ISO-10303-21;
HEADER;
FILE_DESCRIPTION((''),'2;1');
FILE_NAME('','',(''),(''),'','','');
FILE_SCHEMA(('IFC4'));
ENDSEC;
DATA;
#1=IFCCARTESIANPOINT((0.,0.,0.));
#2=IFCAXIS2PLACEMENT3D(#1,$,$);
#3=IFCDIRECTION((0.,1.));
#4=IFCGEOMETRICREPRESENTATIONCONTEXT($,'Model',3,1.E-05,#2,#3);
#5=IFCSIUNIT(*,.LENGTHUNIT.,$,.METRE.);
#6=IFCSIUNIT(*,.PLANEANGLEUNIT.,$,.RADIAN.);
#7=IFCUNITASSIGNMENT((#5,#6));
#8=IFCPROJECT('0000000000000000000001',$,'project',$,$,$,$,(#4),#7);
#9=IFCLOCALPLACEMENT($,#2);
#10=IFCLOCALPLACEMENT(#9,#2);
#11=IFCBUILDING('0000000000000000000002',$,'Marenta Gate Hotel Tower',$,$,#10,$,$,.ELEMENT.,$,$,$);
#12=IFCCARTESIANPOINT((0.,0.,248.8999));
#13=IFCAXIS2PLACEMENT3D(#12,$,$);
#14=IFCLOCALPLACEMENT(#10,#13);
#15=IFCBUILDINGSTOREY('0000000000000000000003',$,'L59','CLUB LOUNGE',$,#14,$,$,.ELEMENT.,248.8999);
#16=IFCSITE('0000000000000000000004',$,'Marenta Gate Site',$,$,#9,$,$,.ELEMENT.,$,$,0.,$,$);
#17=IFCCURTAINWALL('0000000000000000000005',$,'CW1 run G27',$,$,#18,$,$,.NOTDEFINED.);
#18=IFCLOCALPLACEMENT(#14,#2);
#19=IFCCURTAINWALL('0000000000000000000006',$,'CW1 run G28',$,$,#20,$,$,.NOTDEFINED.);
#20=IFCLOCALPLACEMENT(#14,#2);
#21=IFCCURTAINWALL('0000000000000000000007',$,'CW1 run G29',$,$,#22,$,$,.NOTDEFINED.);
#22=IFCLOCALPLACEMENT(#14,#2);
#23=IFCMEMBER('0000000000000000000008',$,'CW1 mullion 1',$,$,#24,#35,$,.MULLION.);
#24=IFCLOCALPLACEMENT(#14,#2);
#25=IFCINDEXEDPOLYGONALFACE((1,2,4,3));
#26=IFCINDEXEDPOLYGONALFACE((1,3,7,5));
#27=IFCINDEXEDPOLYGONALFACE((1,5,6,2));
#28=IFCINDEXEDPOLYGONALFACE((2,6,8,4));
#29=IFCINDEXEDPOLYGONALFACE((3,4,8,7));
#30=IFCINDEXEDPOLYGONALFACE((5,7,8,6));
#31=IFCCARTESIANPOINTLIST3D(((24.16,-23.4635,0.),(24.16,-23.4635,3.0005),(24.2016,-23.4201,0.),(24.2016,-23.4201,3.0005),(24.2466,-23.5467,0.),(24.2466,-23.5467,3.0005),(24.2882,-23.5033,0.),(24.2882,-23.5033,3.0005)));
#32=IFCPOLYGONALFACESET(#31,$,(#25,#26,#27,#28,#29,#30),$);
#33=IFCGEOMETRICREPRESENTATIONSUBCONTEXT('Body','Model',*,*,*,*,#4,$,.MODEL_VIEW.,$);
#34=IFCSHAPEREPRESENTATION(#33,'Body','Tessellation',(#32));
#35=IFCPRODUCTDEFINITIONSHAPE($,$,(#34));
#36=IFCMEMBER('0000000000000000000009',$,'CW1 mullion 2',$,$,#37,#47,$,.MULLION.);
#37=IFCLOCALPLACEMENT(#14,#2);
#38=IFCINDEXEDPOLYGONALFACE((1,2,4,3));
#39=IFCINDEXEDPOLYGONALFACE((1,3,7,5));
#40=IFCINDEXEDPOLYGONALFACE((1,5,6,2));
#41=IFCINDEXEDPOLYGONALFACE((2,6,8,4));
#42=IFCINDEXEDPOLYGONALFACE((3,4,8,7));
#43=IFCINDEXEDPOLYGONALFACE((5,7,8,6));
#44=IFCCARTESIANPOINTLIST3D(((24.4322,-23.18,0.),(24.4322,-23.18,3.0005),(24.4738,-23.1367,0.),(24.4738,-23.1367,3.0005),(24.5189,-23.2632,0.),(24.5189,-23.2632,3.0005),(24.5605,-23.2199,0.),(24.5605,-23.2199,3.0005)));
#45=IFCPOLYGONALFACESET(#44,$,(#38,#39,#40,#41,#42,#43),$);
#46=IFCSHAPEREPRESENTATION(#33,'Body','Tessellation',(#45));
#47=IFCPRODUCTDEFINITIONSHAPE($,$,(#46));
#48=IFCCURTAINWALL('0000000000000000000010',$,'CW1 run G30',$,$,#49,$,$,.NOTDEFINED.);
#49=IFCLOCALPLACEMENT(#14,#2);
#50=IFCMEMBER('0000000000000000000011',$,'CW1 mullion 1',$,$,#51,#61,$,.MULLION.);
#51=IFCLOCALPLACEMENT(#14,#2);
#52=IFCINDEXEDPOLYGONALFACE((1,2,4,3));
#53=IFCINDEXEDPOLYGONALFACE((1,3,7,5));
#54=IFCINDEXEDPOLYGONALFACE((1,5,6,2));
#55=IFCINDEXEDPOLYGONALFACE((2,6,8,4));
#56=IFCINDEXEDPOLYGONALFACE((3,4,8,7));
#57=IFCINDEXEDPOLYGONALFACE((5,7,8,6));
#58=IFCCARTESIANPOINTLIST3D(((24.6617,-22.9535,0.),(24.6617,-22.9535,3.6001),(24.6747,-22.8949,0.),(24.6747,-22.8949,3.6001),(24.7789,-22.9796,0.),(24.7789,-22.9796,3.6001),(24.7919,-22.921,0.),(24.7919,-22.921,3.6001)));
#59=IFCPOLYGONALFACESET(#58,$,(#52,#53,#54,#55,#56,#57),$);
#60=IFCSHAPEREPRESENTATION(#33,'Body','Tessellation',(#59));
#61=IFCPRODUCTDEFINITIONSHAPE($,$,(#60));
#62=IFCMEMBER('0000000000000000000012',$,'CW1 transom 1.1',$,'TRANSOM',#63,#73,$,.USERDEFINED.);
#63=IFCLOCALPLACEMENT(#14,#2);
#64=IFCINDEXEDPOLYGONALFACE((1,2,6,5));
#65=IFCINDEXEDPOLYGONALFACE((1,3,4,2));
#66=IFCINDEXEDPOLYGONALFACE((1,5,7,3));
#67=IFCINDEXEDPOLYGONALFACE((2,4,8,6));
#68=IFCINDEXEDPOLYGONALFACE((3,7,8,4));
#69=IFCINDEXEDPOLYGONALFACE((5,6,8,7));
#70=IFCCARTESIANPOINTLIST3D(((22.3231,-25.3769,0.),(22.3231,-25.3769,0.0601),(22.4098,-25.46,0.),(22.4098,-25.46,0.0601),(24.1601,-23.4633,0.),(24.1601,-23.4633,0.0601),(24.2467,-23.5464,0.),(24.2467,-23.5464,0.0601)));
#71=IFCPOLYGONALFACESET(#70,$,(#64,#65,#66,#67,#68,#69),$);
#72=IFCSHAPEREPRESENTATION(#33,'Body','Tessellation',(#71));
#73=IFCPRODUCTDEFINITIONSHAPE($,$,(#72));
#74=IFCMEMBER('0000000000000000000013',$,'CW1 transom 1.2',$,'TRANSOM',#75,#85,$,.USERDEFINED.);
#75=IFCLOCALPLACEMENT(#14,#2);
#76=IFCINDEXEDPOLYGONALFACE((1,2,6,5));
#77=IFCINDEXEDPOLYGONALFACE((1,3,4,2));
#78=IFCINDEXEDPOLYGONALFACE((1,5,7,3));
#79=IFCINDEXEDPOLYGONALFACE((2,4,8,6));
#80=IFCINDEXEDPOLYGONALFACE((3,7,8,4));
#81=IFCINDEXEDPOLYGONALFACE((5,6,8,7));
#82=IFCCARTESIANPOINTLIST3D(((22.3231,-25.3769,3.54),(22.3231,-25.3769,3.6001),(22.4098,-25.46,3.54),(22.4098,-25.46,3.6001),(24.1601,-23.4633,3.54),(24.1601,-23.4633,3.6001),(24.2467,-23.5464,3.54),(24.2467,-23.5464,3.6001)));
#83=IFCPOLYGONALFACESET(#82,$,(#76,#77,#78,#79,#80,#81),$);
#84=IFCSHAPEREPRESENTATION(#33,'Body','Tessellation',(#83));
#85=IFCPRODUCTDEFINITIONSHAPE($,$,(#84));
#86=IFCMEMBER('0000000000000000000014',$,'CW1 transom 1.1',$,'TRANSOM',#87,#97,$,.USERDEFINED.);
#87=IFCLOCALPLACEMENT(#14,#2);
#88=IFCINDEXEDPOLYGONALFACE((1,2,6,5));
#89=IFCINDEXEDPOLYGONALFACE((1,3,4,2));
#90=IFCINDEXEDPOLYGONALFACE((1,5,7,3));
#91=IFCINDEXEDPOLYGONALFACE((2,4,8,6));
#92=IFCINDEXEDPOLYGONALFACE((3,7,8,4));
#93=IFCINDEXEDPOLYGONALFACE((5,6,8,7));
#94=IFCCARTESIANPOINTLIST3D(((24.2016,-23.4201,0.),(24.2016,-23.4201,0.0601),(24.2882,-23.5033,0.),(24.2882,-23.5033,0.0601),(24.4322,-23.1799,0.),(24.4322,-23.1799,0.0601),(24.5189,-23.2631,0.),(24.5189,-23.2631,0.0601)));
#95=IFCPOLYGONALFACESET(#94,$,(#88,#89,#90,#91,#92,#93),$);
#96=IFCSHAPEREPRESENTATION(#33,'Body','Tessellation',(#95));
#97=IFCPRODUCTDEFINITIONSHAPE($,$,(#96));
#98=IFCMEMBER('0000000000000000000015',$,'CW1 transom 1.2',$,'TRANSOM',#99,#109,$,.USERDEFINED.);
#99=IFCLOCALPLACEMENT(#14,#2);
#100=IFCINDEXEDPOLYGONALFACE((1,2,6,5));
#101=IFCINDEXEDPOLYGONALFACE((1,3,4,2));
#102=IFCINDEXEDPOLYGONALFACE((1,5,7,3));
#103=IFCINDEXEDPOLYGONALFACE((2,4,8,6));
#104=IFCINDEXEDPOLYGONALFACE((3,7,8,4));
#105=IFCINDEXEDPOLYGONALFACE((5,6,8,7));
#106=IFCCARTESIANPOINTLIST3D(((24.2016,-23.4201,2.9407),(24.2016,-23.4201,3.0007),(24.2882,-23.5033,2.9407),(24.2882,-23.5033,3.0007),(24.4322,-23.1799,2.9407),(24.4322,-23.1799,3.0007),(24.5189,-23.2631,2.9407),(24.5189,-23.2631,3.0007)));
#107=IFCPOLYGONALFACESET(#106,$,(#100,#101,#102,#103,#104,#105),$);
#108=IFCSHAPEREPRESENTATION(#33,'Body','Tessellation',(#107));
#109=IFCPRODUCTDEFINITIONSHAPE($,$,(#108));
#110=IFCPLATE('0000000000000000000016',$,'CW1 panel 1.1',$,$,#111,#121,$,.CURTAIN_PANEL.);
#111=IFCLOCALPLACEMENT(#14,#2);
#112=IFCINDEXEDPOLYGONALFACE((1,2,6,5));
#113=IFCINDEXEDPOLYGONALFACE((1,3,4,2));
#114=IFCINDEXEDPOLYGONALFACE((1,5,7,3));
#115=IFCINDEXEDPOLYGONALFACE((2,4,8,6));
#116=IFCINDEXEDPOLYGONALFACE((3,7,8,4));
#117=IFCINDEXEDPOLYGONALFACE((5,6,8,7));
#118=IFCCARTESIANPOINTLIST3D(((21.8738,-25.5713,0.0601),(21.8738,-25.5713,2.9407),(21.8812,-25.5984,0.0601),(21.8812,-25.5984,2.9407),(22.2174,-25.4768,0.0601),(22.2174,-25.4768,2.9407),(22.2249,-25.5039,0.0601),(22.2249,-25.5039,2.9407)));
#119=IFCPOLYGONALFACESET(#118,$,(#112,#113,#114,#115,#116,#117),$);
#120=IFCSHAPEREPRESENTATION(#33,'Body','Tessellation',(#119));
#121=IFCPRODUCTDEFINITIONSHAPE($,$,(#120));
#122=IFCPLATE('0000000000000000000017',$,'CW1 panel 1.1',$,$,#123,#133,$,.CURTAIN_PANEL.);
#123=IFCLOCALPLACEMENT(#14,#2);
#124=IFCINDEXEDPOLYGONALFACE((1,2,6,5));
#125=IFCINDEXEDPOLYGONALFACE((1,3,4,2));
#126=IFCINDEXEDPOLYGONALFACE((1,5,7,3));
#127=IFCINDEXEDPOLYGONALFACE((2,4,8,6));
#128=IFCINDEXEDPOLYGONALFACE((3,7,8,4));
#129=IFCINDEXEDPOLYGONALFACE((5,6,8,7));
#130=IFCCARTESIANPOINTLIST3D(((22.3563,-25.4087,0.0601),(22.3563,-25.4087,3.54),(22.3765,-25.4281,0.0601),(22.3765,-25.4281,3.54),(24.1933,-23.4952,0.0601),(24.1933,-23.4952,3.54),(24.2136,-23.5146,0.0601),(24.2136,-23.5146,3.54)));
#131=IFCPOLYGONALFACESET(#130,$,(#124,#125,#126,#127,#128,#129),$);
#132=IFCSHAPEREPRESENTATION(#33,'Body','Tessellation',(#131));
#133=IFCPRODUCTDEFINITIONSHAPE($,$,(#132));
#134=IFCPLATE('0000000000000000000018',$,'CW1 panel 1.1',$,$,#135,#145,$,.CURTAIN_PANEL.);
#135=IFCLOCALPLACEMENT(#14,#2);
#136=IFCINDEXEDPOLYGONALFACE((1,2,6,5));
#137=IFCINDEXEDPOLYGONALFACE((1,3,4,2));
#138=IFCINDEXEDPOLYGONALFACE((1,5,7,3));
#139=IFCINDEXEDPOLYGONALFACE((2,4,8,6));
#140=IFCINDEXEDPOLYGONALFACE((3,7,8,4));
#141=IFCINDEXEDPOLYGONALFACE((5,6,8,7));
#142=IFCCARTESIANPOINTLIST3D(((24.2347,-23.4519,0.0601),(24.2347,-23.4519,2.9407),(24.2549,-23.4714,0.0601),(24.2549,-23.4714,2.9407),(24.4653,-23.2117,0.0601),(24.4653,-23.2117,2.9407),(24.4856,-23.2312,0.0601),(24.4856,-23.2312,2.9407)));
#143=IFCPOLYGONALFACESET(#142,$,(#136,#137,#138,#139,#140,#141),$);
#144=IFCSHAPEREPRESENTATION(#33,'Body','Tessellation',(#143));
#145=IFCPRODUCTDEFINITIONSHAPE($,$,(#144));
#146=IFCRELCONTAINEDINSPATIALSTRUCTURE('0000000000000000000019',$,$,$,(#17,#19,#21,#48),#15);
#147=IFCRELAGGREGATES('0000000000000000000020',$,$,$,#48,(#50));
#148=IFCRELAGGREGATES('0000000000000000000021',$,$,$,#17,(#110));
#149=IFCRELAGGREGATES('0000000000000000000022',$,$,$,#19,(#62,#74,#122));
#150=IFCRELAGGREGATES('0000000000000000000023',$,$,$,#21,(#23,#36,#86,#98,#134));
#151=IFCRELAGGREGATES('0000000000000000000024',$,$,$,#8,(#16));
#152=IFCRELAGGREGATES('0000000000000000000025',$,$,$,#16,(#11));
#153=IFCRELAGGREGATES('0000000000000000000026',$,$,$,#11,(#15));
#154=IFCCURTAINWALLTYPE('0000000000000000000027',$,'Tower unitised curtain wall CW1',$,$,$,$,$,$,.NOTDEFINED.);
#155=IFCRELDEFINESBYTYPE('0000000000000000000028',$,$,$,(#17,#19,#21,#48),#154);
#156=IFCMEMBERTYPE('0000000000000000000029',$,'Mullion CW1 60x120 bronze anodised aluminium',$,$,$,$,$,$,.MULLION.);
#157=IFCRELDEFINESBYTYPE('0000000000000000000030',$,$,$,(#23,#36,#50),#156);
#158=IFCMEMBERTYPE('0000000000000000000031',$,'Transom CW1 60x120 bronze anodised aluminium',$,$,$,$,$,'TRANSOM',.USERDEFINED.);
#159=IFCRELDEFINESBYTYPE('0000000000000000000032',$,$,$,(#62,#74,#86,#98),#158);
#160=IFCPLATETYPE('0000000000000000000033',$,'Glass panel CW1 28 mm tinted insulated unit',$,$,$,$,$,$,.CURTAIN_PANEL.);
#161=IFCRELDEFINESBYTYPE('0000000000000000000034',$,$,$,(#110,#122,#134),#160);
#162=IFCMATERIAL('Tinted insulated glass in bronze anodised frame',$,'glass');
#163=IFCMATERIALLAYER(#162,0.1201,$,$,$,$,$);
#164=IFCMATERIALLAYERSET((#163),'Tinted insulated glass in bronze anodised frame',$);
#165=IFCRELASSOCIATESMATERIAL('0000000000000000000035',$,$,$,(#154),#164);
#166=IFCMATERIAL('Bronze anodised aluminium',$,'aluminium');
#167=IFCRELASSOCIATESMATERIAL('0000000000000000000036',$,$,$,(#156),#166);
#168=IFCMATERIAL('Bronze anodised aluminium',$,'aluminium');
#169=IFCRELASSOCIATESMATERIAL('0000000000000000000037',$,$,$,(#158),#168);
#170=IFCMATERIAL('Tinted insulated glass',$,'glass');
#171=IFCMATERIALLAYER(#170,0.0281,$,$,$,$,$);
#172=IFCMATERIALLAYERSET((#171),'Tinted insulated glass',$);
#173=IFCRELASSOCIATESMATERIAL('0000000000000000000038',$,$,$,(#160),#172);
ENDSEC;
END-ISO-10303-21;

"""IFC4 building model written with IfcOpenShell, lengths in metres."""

from ifc_helpers import new_model, si_unit, direction, frame, origin, origin_2d, place, context, subcontext, project, spatial, rectangle, extrude, material, layer, layer_set, material_profile, profile_set, type_object, element, aggregate, save


model = new_model("IFC4")

# Units and contexts
model_context = context("Model", 3, precision=1e-05, world=origin(), true_north=direction((0.0, 1.0)))
body_context = subcontext(model_context, "Body", "Model", "MODEL_VIEW")
ifc_project = project(units=[si_unit("LENGTHUNIT", "METRE"), si_unit("PLANEANGLEUNIT", "RADIAN")], contexts=[model_context])

# Site, building, storey
site_placement = place(None, origin())
site = spatial("IfcSite", under=ifc_project, at=site_placement, Name="Marenta Gate Site", CompositionType="ELEMENT", RefElevation=0.0)
building_placement = place(site_placement, origin())
building = spatial("IfcBuilding", under=site, at=building_placement, Name="Marenta Gate Hotel Tower", CompositionType="ELEMENT")
storey_placement = place(building_placement, frame((0.0, 0.0, 248.8999)))
storey = spatial("IfcBuildingStorey", under=building, at=storey_placement, Name="L59", Description="CLUB LOUNGE", CompositionType="ELEMENT", Elevation=248.8999)

# Curtain walls
ifc_material_1 = material(Name="Tinted insulated glass in bronze anodised frame", Category="glass")
ifc_layer_1 = layer(ifc_material_1, 0.1201)
ifc_layer_set_1 = layer_set([ifc_layer_1], Name="Tinted insulated glass in bronze anodised frame")
curtain_wall_type = type_object("IfcCurtainWallType", Name="Tower unitised curtain wall CW1", PredefinedType="NOTDEFINED", material=ifc_layer_set_1)
curtain_wall_1_placement = place(storey_placement, origin())
curtain_wall_1 = element("IfcCurtainWall", 1, at=curtain_wall_1_placement, inside=storey, type_object=curtain_wall_type, Name="CW1 run G27", PredefinedType="NOTDEFINED")
ifc_material_2 = material(Name="Bronze anodised aluminium", Category="aluminium")
ifc_material_profile_1 = material_profile(ifc_material_2, rectangle(XDim=0.1201, YDim=0.0601, at=origin_2d()), Name="Mullion CW1 60x120 bronze anodised aluminium")
ifc_profile_set_1 = profile_set([ifc_material_profile_1], Name="Bronze anodised aluminium")
member_type_1 = type_object("IfcMemberType", Name="Mullion CW1 60x120 bronze anodised aluminium", PredefinedType="MULLION", material=ifc_profile_set_1)
curtain_wall_2_placement = place(storey_placement, origin())
curtain_wall_2 = element("IfcCurtainWall", 2, at=curtain_wall_2_placement, inside=storey, type_object=curtain_wall_type, Name="CW1 run G28", PredefinedType="NOTDEFINED")

# Curtain wall, members
curtain_wall_3_placement = place(storey_placement, origin())
curtain_wall_3 = element("IfcCurtainWall", 3, at=curtain_wall_3_placement, inside=storey, type_object=curtain_wall_type, Name="CW1 run G29", PredefinedType="NOTDEFINED")
member_1_placement = place(storey_placement, frame((24.2241, -23.4834, 0.0), z_axis=(0.0, 0.0, 1.0), x_axis=(-0.721308, 0.692615, 0.0)))
member_1 = element("IfcMember", 4, at=member_1_placement, type_object=member_type_1, Name="CW1 mullion 1", PredefinedType="MULLION", context=body_context, shape_type="SweptSolid", body=[
    extrude(rectangle(XDim=0.1201, YDim=0.0601, at=origin_2d()), origin(), (0.0, 0.0, 1.0), 3.0005),
])
member_2_placement = place(storey_placement, frame((24.4963, -23.2, 0.0), z_axis=(0.0, 0.0, 1.0), x_axis=(-0.721308, 0.692615, 0.0)))
member_2 = element("IfcMember", 5, at=member_2_placement, type_object=member_type_1, Name="CW1 mullion 2", PredefinedType="MULLION", context=body_context, shape_type="SweptSolid", body=[
    extrude(rectangle(XDim=0.1201, YDim=0.0601, at=origin_2d()), origin(), (0.0, 0.0, 1.0), 3.0005),
])

# Curtain wall, member
curtain_wall_4_placement = place(storey_placement, origin())
curtain_wall_4 = element("IfcCurtainWall", 6, at=curtain_wall_4_placement, inside=storey, type_object=curtain_wall_type, Name="CW1 run G30", PredefinedType="NOTDEFINED")
member_3_placement = place(storey_placement, frame((24.7268, -22.9373, 0.0), z_axis=(0.0, 0.0, 1.0), x_axis=(-0.9762, 0.216874, 0.0)))
member_3 = element("IfcMember", 7, at=member_3_placement, type_object=member_type_1, Name="CW1 mullion 1", PredefinedType="MULLION", context=body_context, shape_type="SweptSolid", body=[
    extrude(rectangle(XDim=0.1201, YDim=0.0601, at=origin_2d()), origin(), (0.0, 0.0, 1.0), 3.6001),
])
aggregate(curtain_wall_4, [member_3])

# Members
ifc_material_3 = material(Name="Bronze anodised aluminium", Category="aluminium")
ifc_material_profile_2 = material_profile(ifc_material_3, rectangle(XDim=0.1201, YDim=0.0601, at=origin_2d()), Name="Transom CW1 60x120 bronze anodised aluminium")
ifc_profile_set_2 = profile_set([ifc_material_profile_2], Name="Bronze anodised aluminium")
member_type_2 = type_object("IfcMemberType", Name="Transom CW1 60x120 bronze anodised aluminium", ElementType="TRANSOM", PredefinedType="USERDEFINED", material=ifc_profile_set_2)
member_4_placement = place(storey_placement, frame((22.3665, -25.4185, 0.03), z_axis=(0.692509, 0.721409, 0.0), x_axis=(-0.721409, 0.692509, 0.0)))
member_4 = element("IfcMember", 8, at=member_4_placement, type_object=member_type_2, Name="CW1 transom 1.1", ObjectType="TRANSOM", PredefinedType="USERDEFINED", context=body_context, shape_type="SweptSolid", body=[
    extrude(rectangle(XDim=0.1201, YDim=0.0601, at=origin_2d()), origin(), (0.0, 0.0, 1.0), 2.6526),
])
member_5_placement = place(storey_placement, frame((22.3665, -25.4185, 3.5701), z_axis=(0.692509, 0.721409, 0.0), x_axis=(-0.721409, 0.692509, 0.0)))
member_5 = element("IfcMember", 9, at=member_5_placement, type_object=member_type_2, Name="CW1 transom 1.2", ObjectType="TRANSOM", PredefinedType="USERDEFINED", context=body_context, shape_type="SweptSolid", body=[
    extrude(rectangle(XDim=0.1201, YDim=0.0601, at=origin_2d()), origin(), (0.0, 0.0, 1.0), 2.6526),
])
member_6_placement = place(storey_placement, frame((24.2449, -23.4617, 0.03), z_axis=(0.692669, 0.721255, 0.0), x_axis=(-0.721255, 0.692669, 0.0)))
member_6 = element("IfcMember", 10, at=member_6_placement, type_object=member_type_2, Name="CW1 transom 1.1", ObjectType="TRANSOM", PredefinedType="USERDEFINED", context=body_context, shape_type="SweptSolid", body=[
    extrude(rectangle(XDim=0.1201, YDim=0.0601, at=origin_2d()), origin(), (0.0, 0.0, 1.0), 0.333),
])
member_7_placement = place(storey_placement, frame((24.2449, -23.4617, 2.9707), z_axis=(0.692669, 0.721255, 0.0), x_axis=(-0.721255, 0.692669, 0.0)))
member_7 = element("IfcMember", 11, at=member_7_placement, type_object=member_type_2, Name="CW1 transom 1.2", ObjectType="TRANSOM", PredefinedType="USERDEFINED", context=body_context, shape_type="SweptSolid", body=[
    extrude(rectangle(XDim=0.1201, YDim=0.0601, at=origin_2d()), origin(), (0.0, 0.0, 1.0), 0.333),
])

# Plates
ifc_material_4 = material(Name="Tinted insulated glass", Category="glass")
ifc_layer_2 = layer(ifc_material_4, 0.0281)
ifc_layer_set_2 = layer_set([ifc_layer_2], Name="Tinted insulated glass")
plate_type = type_object("IfcPlateType", Name="Glass panel CW1 28 mm tinted insulated unit", PredefinedType="CURTAIN_PANEL", material=ifc_layer_set_2)
plate_1_placement = place(storey_placement, frame((22.0493, -25.5376, 0.0601), z_axis=(0.0, 0.0, 1.0), x_axis=(0.964171, 0.265283, 0.0)))
plate_1 = element("IfcPlate", 12, at=plate_1_placement, type_object=plate_type, Name="CW1 panel 1.1", PredefinedType="CURTAIN_PANEL", context=body_context, shape_type="SweptSolid", body=[
    extrude(rectangle(XDim=0.3564, YDim=0.0281, at=origin_2d()), origin(), (0.0, 0.0, 1.0), 2.8806),
])
aggregate(curtain_wall_1, [plate_1])
plate_2_placement = place(storey_placement, frame((23.2849, -24.4617, 0.0601), z_axis=(0.0, 0.0, 1.0), x_axis=(0.692545, 0.721375, 0.0)))
plate_2 = element("IfcPlate", 13, at=plate_2_placement, type_object=plate_type, Name="CW1 panel 1.1", PredefinedType="CURTAIN_PANEL", context=body_context, shape_type="SweptSolid", body=[
    extrude(rectangle(XDim=2.6526, YDim=0.0281, at=origin_2d()), origin(), (0.0, 0.0, 1.0), 3.48),
])
aggregate(curtain_wall_2, [member_4, member_5, plate_2])
plate_3_placement = place(storey_placement, frame((24.3601, -23.3416, 0.0601), z_axis=(0.0, 0.0, 1.0), x_axis=(0.692615, 0.721308, 0.0)))
plate_3 = element("IfcPlate", 14, at=plate_3_placement, type_object=plate_type, Name="CW1 panel 1.1", PredefinedType="CURTAIN_PANEL", context=body_context, shape_type="SweptSolid", body=[
    extrude(rectangle(XDim=0.333, YDim=0.0281, at=origin_2d()), origin(), (0.0, 0.0, 1.0), 2.8806),
])
aggregate(curtain_wall_3, [member_1, member_2, member_6, member_7, plate_3])

save(model, "model.ifc")
